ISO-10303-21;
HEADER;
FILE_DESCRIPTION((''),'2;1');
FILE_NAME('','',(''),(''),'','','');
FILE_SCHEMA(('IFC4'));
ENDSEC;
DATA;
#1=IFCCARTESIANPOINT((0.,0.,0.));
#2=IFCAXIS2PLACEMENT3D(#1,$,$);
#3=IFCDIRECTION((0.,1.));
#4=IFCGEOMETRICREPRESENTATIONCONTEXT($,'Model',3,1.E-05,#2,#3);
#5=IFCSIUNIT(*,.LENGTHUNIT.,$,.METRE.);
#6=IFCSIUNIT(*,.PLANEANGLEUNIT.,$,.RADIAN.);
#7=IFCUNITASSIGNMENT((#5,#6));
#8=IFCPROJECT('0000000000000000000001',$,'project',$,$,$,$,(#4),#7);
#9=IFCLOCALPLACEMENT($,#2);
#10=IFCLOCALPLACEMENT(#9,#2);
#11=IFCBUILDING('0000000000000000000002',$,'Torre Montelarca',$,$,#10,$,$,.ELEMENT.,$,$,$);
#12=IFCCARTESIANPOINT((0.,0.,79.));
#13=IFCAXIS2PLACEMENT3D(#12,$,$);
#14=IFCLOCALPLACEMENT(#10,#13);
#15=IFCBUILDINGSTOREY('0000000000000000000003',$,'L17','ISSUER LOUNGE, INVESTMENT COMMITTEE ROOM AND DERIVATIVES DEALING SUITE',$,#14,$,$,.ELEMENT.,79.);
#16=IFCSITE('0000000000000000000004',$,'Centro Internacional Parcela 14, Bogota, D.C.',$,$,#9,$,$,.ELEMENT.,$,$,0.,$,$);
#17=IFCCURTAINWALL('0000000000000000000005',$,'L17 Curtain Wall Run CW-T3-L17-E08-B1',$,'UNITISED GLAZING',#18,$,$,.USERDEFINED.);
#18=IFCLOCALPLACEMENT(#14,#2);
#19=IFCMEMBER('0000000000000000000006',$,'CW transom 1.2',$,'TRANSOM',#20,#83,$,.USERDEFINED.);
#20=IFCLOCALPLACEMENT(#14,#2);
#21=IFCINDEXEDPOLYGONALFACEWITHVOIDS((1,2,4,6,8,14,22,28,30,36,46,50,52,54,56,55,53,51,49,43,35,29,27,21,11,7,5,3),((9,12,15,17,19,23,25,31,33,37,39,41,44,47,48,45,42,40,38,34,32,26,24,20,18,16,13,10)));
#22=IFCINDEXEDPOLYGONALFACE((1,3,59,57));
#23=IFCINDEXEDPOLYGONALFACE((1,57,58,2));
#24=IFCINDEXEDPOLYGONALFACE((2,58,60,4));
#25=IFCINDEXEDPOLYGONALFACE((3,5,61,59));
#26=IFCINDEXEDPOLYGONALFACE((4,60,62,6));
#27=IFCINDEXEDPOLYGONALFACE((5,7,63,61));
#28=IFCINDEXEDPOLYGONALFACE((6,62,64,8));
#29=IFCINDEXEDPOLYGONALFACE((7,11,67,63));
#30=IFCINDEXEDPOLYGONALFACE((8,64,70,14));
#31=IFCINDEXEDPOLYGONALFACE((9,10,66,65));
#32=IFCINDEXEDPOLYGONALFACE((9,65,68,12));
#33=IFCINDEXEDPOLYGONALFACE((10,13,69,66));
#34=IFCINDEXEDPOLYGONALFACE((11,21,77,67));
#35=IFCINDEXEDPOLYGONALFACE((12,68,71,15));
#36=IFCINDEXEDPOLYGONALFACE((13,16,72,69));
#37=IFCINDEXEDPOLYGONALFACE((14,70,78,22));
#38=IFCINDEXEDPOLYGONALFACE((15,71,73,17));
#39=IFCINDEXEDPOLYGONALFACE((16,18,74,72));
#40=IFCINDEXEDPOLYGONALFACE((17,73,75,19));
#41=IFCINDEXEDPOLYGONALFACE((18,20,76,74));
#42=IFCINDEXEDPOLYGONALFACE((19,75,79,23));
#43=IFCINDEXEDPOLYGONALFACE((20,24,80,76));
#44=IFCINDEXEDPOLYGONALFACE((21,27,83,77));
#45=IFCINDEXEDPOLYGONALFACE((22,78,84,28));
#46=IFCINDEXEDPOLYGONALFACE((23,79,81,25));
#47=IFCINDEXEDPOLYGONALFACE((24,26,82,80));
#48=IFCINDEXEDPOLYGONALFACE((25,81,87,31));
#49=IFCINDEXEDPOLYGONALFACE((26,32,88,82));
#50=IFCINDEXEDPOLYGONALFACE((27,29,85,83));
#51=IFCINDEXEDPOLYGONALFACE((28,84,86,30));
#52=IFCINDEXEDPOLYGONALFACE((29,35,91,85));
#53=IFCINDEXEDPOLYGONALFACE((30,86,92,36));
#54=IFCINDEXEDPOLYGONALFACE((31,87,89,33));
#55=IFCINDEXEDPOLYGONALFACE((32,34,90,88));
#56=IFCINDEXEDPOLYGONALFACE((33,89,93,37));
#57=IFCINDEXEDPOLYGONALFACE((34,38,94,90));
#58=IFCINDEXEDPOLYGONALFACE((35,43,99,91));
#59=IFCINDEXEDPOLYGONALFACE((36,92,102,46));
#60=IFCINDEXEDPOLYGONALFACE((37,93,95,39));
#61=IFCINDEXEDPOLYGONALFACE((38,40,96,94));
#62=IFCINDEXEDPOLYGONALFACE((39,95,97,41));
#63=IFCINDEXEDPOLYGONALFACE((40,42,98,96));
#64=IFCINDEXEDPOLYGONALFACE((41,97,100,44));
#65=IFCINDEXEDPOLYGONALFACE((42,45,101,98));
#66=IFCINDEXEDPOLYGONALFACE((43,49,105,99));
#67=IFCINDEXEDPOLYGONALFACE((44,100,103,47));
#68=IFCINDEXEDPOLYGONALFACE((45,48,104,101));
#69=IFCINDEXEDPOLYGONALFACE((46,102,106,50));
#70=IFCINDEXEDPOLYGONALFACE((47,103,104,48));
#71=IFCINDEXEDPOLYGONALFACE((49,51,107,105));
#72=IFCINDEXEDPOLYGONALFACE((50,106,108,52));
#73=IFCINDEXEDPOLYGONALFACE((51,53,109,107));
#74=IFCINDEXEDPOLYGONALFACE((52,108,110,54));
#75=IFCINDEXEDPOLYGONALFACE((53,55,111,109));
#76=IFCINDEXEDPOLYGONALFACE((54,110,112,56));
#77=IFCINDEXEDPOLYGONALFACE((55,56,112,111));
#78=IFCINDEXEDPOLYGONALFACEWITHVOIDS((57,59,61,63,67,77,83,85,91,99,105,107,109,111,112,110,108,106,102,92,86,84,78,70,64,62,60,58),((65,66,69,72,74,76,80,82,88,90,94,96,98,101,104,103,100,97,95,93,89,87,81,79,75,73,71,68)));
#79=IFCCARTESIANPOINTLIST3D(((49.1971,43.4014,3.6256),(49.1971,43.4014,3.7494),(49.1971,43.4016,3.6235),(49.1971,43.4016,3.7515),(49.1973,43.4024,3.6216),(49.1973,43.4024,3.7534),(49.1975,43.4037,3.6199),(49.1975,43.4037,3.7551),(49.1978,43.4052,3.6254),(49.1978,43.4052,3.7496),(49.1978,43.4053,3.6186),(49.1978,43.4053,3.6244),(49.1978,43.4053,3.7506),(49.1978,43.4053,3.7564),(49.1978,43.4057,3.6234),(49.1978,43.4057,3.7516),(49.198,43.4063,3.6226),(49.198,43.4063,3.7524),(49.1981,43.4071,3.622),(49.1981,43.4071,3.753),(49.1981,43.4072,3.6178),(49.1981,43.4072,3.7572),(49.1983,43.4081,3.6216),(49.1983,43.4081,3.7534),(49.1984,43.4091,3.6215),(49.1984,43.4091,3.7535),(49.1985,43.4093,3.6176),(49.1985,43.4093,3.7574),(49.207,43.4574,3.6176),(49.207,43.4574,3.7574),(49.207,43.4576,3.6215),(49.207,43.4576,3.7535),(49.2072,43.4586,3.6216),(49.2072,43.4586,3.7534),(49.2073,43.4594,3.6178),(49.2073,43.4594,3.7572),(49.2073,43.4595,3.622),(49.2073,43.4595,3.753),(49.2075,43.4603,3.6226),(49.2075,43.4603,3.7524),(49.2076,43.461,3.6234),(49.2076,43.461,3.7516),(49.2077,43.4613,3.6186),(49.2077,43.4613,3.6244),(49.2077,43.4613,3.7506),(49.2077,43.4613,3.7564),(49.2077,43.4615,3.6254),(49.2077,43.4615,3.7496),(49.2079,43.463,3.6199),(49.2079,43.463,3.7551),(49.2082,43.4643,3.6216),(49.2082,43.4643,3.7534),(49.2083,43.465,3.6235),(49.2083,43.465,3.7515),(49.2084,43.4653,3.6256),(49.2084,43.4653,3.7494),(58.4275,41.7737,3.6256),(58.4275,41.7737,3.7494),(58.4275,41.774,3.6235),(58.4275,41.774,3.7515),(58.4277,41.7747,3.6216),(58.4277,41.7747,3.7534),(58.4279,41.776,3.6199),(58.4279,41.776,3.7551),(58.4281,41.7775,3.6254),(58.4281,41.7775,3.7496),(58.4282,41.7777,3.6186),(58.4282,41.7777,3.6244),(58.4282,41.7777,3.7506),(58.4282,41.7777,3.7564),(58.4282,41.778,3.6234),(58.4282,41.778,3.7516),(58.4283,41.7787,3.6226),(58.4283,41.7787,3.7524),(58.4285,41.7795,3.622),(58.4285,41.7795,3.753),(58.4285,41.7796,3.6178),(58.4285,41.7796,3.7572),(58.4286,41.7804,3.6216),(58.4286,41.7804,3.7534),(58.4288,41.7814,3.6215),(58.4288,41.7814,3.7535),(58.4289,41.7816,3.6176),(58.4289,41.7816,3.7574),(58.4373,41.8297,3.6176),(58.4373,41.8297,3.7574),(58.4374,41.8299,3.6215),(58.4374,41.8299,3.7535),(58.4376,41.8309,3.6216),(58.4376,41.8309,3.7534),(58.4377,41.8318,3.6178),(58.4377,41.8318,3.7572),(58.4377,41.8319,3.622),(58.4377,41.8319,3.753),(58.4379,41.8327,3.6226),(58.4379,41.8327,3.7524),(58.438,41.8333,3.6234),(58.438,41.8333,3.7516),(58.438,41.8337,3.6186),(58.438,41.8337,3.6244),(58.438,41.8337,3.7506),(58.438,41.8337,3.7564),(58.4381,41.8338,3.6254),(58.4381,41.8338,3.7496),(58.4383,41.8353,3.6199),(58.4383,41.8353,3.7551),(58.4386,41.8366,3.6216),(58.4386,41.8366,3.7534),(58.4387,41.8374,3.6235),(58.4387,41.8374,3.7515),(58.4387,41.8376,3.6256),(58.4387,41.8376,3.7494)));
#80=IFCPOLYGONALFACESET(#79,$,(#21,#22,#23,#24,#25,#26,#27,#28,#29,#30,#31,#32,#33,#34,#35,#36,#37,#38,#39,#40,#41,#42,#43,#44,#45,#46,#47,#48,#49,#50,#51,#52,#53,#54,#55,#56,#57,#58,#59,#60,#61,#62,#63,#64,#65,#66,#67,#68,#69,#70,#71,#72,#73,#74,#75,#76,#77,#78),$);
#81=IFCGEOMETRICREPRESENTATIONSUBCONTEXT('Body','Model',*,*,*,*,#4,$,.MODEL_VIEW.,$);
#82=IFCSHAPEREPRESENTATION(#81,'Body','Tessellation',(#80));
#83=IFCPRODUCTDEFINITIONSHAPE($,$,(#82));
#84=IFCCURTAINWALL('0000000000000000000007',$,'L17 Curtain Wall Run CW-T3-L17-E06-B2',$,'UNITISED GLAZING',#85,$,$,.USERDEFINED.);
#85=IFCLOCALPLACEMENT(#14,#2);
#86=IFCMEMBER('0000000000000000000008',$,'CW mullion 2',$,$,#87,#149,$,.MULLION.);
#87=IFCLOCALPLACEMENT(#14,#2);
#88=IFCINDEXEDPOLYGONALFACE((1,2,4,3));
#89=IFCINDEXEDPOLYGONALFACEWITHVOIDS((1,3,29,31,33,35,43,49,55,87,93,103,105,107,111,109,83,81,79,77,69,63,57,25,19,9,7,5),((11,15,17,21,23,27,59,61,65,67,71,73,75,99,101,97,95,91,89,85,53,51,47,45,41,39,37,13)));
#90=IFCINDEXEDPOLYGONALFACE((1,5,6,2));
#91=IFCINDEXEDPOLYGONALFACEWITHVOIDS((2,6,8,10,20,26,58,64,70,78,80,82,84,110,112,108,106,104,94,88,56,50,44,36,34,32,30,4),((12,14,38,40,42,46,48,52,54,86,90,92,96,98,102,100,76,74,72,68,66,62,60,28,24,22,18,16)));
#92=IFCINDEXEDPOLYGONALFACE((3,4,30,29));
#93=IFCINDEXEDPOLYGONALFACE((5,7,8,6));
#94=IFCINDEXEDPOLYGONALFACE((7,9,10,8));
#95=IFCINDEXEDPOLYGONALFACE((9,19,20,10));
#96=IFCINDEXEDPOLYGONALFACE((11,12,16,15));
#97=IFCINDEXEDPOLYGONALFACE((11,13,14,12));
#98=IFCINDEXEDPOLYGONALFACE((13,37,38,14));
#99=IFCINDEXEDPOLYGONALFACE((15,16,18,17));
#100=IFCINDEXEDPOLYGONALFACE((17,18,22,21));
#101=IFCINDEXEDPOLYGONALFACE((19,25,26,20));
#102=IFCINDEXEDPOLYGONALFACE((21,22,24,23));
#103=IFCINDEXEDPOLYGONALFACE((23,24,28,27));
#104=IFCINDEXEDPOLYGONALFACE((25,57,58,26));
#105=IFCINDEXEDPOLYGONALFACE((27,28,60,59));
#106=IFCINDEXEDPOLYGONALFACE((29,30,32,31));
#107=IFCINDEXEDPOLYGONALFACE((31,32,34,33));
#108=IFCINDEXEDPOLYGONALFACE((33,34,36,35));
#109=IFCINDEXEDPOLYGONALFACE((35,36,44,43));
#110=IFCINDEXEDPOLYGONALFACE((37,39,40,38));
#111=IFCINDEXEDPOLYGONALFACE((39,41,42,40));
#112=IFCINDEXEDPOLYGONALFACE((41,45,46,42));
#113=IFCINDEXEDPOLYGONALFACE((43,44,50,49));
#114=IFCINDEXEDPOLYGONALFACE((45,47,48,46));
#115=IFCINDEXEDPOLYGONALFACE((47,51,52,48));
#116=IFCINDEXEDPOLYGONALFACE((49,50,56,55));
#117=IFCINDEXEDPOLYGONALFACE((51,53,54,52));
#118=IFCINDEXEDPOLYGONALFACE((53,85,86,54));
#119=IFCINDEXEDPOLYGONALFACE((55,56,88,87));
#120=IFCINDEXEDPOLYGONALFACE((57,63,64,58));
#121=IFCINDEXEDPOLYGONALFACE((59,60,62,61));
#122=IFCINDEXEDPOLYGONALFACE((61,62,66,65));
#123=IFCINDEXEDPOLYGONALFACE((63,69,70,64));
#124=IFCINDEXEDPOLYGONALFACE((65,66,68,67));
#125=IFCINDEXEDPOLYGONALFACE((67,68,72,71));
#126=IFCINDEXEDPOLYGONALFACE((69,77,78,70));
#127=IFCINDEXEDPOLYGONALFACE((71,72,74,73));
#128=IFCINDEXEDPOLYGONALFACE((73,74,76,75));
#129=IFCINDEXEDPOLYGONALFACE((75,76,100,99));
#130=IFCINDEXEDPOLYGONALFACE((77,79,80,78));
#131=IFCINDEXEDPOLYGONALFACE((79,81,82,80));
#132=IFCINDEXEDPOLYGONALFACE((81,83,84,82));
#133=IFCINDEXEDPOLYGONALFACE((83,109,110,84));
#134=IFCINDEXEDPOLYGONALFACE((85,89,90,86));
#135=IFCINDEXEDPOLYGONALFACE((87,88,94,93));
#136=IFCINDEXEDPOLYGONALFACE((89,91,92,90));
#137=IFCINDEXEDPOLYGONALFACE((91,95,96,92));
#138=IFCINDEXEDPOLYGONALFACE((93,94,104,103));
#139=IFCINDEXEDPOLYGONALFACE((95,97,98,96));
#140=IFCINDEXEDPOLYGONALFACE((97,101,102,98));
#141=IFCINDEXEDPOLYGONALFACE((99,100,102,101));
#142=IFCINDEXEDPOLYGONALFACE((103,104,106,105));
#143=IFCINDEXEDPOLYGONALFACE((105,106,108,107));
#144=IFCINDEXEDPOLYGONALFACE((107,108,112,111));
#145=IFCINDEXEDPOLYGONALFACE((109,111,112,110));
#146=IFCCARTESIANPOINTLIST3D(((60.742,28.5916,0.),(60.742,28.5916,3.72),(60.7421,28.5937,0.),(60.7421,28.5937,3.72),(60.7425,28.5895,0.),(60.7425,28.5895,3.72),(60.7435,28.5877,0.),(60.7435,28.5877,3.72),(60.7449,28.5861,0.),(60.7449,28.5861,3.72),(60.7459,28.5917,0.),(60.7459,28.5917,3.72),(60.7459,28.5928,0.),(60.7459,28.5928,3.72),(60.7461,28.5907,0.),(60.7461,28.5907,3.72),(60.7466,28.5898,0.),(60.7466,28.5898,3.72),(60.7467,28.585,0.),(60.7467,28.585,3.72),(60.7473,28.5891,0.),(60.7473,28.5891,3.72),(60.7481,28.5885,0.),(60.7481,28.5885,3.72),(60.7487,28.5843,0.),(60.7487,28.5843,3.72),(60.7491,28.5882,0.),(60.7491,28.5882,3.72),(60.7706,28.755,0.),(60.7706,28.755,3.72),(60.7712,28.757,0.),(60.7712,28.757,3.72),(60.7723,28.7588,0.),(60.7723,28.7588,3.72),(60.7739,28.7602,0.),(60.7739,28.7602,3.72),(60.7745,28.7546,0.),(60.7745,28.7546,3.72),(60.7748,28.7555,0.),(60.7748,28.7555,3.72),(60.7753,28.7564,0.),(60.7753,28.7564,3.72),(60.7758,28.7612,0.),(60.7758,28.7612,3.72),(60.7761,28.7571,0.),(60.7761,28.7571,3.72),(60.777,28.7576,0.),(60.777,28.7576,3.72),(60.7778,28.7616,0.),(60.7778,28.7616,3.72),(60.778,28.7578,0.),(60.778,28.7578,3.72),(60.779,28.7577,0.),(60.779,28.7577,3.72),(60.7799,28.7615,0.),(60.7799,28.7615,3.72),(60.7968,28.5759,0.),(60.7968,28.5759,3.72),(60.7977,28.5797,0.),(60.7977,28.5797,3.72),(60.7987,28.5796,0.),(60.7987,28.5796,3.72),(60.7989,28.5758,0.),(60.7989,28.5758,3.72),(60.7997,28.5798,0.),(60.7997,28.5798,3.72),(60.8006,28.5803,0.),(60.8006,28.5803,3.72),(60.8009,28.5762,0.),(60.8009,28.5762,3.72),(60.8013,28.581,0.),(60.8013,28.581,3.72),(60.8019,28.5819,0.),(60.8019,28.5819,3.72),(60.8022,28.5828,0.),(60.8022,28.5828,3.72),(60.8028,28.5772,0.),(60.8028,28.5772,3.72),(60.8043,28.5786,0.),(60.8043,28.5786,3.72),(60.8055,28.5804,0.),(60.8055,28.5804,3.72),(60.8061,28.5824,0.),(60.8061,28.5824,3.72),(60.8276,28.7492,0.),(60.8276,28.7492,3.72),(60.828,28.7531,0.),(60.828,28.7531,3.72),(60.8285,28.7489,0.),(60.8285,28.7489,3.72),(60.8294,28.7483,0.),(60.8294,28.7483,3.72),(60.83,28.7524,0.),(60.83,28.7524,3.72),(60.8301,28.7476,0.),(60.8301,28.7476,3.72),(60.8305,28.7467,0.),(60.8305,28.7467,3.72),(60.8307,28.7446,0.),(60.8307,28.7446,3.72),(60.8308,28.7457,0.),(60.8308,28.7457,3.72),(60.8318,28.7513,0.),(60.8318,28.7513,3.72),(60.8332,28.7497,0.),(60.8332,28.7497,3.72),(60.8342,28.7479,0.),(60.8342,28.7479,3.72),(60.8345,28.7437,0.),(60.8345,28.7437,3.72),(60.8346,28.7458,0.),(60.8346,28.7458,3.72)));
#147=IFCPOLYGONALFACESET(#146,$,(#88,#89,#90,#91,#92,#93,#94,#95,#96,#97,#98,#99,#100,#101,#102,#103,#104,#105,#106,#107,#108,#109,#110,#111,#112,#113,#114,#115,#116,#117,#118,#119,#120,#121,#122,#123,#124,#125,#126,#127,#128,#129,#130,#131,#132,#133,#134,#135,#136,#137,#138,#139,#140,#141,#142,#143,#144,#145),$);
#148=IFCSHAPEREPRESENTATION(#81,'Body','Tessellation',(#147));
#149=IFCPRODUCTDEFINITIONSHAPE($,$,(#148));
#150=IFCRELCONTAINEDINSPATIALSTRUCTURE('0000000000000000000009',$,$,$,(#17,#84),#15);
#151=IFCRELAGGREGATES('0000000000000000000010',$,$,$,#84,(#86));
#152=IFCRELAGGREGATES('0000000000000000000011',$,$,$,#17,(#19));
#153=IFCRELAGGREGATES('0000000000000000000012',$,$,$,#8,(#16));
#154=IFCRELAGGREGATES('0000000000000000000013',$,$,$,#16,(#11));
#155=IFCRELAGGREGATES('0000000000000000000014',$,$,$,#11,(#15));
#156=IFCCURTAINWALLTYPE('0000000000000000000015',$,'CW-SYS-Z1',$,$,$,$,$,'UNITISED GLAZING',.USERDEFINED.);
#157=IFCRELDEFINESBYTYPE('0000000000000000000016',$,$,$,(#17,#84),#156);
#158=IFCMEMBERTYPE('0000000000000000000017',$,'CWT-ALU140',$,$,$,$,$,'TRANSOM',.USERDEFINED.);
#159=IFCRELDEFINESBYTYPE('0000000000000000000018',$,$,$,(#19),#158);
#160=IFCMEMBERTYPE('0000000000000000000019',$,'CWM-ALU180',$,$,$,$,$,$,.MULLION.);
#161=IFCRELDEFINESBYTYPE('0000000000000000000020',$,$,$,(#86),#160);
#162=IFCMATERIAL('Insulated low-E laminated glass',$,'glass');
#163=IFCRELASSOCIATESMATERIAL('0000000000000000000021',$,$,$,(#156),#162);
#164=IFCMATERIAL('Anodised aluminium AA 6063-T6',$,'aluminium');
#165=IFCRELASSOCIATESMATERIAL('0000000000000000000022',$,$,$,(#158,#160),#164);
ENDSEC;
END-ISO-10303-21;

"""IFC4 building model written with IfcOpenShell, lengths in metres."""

from ifc_helpers import new_model, si_unit, direction, frame, origin, origin_2d, place, context, subcontext, project, spatial, hollow_rectangle, extrude, source, transform, mapped, material, material_profile, profile_set, type_object, element, aggregate, save


model = new_model("IFC4")

# Units and contexts
model_context = context("Model", 3, precision=1e-05, world=origin(), true_north=direction((0.0, 1.0)))
body_context = subcontext(model_context, "Body", "Model", "MODEL_VIEW")
ifc_project = project(units=[si_unit("LENGTHUNIT", "METRE"), si_unit("PLANEANGLEUNIT", "RADIAN")], contexts=[model_context])

# Site, building, storey
site_placement = place(None, origin())
site = spatial("IfcSite", under=ifc_project, at=site_placement, Name="Centro Internacional Parcela 14, Bogota, D.C.", CompositionType="ELEMENT", RefElevation=0.0)
building_placement = place(site_placement, origin())
building = spatial("IfcBuilding", under=site, at=building_placement, Name="Torre Montelarca", CompositionType="ELEMENT")
storey_placement = place(building_placement, frame((0.0, 0.0, 79.0)))
storey = spatial("IfcBuildingStorey", under=building, at=storey_placement, Name="L17", Description="ISSUER LOUNGE, INVESTMENT COMMITTEE ROOM AND DERIVATIVES DEALING SUITE", CompositionType="ELEMENT", Elevation=79.0)

# Curtain walls, members
ifc_material_1 = material(Name="Insulated low-E laminated glass", Category="glass")
curtain_wall_type = type_object("IfcCurtainWallType", Name="CW-SYS-Z1", ElementType="UNITISED GLAZING", PredefinedType="USERDEFINED", material=ifc_material_1)
ifc_material_2 = material(Name="Anodised aluminium AA 6063-T6", Category="aluminium")
ifc_material_profile_1 = material_profile(ifc_material_2, hollow_rectangle(XDim=0.0649, YDim=0.1399, WallThickness=0.0039, InnerFilletRadius=0.0039, OuterFilletRadius=0.0081, at=origin_2d()), Name="ALU65X140X4", Category="aluminium")
ifc_profile_set_1 = profile_set([ifc_material_profile_1], Name="Anodised aluminium AA 6063-T6")
member_type_1 = type_object("IfcMemberType", Name="CWT-ALU140", ElementType="TRANSOM", PredefinedType="USERDEFINED", material=ifc_profile_set_1)
curtain_wall_1_placement = place(storey_placement, origin())
curtain_wall_1 = element("IfcCurtainWall", 1, at=curtain_wall_1_placement, inside=storey, type_object=curtain_wall_type, Name="L17 Curtain Wall Run CW-T3-L17-E08-B1", ObjectType="UNITISED GLAZING", PredefinedType="USERDEFINED")
shared_shape_1 = source(origin(), body_context, "Body", "SweptSolid", [
    extrude(hollow_rectangle(XDim=0.0649, YDim=0.1399, WallThickness=0.0039, InnerFilletRadius=0.0039, OuterFilletRadius=0.0081, at=origin_2d()), origin(), (0.0, 0.0, 1.0), 9.3728),
])
member_1_placement = place(storey_placement, frame((58.4331, 41.8057, 3.6875), z_axis=(-0.984806, 0.173659, 0.0), x_axis=(-0.173659, -0.984806, 0.0)))
member_1 = element("IfcMember", 2, at=member_1_placement, type_object=member_type_1, Name="CW transom 1.2", ObjectType="TRANSOM", PredefinedType="USERDEFINED", context=body_context, shape_type="MappedRepresentation", body=[
    mapped(shared_shape_1, transform((0.0, 0.0, 0.0), scale=1.0)),
])
curtain_wall_2_placement = place(storey_placement, origin())
curtain_wall_2 = element("IfcCurtainWall", 3, at=curtain_wall_2_placement, inside=storey, type_object=curtain_wall_type, Name="L17 Curtain Wall Run CW-T3-L17-E06-B2", ObjectType="UNITISED GLAZING", PredefinedType="USERDEFINED")
ifc_material_profile_2 = material_profile(ifc_material_2, hollow_rectangle(XDim=0.0649, YDim=0.1799, WallThickness=0.0039, InnerFilletRadius=0.0039, OuterFilletRadius=0.0081, at=origin_2d()), Name="ALU65X180X4", Category="aluminium")
ifc_profile_set_2 = profile_set([ifc_material_profile_2], Name="Anodised aluminium AA 6063-T6")
member_type_2 = type_object("IfcMemberType", Name="CWM-ALU180", PredefinedType="MULLION", material=ifc_profile_set_2)
shared_shape_2 = source(origin(), body_context, "Body", "SweptSolid", [
    extrude(hollow_rectangle(XDim=0.0649, YDim=0.1799, WallThickness=0.0039, InnerFilletRadius=0.0039, OuterFilletRadius=0.0081, at=origin_2d()), origin(), (0.0, 0.0, 1.0), 3.72),
])
member_2_placement = place(storey_placement, frame((60.7883, 28.6687, 0.0), z_axis=(0.0, 0.0, 1.0), x_axis=(-0.98481, 0.173637, 0.0)))
member_2 = element("IfcMember", 4, at=member_2_placement, type_object=member_type_2, Name="CW mullion 2", PredefinedType="MULLION", context=body_context, shape_type="MappedRepresentation", body=[
    mapped(shared_shape_2, transform((0.0, 0.0, 0.0), scale=1.0)),
])

aggregate(curtain_wall_2, [member_2])
aggregate(curtain_wall_1, [member_1])

save(model, "model.ifc")
